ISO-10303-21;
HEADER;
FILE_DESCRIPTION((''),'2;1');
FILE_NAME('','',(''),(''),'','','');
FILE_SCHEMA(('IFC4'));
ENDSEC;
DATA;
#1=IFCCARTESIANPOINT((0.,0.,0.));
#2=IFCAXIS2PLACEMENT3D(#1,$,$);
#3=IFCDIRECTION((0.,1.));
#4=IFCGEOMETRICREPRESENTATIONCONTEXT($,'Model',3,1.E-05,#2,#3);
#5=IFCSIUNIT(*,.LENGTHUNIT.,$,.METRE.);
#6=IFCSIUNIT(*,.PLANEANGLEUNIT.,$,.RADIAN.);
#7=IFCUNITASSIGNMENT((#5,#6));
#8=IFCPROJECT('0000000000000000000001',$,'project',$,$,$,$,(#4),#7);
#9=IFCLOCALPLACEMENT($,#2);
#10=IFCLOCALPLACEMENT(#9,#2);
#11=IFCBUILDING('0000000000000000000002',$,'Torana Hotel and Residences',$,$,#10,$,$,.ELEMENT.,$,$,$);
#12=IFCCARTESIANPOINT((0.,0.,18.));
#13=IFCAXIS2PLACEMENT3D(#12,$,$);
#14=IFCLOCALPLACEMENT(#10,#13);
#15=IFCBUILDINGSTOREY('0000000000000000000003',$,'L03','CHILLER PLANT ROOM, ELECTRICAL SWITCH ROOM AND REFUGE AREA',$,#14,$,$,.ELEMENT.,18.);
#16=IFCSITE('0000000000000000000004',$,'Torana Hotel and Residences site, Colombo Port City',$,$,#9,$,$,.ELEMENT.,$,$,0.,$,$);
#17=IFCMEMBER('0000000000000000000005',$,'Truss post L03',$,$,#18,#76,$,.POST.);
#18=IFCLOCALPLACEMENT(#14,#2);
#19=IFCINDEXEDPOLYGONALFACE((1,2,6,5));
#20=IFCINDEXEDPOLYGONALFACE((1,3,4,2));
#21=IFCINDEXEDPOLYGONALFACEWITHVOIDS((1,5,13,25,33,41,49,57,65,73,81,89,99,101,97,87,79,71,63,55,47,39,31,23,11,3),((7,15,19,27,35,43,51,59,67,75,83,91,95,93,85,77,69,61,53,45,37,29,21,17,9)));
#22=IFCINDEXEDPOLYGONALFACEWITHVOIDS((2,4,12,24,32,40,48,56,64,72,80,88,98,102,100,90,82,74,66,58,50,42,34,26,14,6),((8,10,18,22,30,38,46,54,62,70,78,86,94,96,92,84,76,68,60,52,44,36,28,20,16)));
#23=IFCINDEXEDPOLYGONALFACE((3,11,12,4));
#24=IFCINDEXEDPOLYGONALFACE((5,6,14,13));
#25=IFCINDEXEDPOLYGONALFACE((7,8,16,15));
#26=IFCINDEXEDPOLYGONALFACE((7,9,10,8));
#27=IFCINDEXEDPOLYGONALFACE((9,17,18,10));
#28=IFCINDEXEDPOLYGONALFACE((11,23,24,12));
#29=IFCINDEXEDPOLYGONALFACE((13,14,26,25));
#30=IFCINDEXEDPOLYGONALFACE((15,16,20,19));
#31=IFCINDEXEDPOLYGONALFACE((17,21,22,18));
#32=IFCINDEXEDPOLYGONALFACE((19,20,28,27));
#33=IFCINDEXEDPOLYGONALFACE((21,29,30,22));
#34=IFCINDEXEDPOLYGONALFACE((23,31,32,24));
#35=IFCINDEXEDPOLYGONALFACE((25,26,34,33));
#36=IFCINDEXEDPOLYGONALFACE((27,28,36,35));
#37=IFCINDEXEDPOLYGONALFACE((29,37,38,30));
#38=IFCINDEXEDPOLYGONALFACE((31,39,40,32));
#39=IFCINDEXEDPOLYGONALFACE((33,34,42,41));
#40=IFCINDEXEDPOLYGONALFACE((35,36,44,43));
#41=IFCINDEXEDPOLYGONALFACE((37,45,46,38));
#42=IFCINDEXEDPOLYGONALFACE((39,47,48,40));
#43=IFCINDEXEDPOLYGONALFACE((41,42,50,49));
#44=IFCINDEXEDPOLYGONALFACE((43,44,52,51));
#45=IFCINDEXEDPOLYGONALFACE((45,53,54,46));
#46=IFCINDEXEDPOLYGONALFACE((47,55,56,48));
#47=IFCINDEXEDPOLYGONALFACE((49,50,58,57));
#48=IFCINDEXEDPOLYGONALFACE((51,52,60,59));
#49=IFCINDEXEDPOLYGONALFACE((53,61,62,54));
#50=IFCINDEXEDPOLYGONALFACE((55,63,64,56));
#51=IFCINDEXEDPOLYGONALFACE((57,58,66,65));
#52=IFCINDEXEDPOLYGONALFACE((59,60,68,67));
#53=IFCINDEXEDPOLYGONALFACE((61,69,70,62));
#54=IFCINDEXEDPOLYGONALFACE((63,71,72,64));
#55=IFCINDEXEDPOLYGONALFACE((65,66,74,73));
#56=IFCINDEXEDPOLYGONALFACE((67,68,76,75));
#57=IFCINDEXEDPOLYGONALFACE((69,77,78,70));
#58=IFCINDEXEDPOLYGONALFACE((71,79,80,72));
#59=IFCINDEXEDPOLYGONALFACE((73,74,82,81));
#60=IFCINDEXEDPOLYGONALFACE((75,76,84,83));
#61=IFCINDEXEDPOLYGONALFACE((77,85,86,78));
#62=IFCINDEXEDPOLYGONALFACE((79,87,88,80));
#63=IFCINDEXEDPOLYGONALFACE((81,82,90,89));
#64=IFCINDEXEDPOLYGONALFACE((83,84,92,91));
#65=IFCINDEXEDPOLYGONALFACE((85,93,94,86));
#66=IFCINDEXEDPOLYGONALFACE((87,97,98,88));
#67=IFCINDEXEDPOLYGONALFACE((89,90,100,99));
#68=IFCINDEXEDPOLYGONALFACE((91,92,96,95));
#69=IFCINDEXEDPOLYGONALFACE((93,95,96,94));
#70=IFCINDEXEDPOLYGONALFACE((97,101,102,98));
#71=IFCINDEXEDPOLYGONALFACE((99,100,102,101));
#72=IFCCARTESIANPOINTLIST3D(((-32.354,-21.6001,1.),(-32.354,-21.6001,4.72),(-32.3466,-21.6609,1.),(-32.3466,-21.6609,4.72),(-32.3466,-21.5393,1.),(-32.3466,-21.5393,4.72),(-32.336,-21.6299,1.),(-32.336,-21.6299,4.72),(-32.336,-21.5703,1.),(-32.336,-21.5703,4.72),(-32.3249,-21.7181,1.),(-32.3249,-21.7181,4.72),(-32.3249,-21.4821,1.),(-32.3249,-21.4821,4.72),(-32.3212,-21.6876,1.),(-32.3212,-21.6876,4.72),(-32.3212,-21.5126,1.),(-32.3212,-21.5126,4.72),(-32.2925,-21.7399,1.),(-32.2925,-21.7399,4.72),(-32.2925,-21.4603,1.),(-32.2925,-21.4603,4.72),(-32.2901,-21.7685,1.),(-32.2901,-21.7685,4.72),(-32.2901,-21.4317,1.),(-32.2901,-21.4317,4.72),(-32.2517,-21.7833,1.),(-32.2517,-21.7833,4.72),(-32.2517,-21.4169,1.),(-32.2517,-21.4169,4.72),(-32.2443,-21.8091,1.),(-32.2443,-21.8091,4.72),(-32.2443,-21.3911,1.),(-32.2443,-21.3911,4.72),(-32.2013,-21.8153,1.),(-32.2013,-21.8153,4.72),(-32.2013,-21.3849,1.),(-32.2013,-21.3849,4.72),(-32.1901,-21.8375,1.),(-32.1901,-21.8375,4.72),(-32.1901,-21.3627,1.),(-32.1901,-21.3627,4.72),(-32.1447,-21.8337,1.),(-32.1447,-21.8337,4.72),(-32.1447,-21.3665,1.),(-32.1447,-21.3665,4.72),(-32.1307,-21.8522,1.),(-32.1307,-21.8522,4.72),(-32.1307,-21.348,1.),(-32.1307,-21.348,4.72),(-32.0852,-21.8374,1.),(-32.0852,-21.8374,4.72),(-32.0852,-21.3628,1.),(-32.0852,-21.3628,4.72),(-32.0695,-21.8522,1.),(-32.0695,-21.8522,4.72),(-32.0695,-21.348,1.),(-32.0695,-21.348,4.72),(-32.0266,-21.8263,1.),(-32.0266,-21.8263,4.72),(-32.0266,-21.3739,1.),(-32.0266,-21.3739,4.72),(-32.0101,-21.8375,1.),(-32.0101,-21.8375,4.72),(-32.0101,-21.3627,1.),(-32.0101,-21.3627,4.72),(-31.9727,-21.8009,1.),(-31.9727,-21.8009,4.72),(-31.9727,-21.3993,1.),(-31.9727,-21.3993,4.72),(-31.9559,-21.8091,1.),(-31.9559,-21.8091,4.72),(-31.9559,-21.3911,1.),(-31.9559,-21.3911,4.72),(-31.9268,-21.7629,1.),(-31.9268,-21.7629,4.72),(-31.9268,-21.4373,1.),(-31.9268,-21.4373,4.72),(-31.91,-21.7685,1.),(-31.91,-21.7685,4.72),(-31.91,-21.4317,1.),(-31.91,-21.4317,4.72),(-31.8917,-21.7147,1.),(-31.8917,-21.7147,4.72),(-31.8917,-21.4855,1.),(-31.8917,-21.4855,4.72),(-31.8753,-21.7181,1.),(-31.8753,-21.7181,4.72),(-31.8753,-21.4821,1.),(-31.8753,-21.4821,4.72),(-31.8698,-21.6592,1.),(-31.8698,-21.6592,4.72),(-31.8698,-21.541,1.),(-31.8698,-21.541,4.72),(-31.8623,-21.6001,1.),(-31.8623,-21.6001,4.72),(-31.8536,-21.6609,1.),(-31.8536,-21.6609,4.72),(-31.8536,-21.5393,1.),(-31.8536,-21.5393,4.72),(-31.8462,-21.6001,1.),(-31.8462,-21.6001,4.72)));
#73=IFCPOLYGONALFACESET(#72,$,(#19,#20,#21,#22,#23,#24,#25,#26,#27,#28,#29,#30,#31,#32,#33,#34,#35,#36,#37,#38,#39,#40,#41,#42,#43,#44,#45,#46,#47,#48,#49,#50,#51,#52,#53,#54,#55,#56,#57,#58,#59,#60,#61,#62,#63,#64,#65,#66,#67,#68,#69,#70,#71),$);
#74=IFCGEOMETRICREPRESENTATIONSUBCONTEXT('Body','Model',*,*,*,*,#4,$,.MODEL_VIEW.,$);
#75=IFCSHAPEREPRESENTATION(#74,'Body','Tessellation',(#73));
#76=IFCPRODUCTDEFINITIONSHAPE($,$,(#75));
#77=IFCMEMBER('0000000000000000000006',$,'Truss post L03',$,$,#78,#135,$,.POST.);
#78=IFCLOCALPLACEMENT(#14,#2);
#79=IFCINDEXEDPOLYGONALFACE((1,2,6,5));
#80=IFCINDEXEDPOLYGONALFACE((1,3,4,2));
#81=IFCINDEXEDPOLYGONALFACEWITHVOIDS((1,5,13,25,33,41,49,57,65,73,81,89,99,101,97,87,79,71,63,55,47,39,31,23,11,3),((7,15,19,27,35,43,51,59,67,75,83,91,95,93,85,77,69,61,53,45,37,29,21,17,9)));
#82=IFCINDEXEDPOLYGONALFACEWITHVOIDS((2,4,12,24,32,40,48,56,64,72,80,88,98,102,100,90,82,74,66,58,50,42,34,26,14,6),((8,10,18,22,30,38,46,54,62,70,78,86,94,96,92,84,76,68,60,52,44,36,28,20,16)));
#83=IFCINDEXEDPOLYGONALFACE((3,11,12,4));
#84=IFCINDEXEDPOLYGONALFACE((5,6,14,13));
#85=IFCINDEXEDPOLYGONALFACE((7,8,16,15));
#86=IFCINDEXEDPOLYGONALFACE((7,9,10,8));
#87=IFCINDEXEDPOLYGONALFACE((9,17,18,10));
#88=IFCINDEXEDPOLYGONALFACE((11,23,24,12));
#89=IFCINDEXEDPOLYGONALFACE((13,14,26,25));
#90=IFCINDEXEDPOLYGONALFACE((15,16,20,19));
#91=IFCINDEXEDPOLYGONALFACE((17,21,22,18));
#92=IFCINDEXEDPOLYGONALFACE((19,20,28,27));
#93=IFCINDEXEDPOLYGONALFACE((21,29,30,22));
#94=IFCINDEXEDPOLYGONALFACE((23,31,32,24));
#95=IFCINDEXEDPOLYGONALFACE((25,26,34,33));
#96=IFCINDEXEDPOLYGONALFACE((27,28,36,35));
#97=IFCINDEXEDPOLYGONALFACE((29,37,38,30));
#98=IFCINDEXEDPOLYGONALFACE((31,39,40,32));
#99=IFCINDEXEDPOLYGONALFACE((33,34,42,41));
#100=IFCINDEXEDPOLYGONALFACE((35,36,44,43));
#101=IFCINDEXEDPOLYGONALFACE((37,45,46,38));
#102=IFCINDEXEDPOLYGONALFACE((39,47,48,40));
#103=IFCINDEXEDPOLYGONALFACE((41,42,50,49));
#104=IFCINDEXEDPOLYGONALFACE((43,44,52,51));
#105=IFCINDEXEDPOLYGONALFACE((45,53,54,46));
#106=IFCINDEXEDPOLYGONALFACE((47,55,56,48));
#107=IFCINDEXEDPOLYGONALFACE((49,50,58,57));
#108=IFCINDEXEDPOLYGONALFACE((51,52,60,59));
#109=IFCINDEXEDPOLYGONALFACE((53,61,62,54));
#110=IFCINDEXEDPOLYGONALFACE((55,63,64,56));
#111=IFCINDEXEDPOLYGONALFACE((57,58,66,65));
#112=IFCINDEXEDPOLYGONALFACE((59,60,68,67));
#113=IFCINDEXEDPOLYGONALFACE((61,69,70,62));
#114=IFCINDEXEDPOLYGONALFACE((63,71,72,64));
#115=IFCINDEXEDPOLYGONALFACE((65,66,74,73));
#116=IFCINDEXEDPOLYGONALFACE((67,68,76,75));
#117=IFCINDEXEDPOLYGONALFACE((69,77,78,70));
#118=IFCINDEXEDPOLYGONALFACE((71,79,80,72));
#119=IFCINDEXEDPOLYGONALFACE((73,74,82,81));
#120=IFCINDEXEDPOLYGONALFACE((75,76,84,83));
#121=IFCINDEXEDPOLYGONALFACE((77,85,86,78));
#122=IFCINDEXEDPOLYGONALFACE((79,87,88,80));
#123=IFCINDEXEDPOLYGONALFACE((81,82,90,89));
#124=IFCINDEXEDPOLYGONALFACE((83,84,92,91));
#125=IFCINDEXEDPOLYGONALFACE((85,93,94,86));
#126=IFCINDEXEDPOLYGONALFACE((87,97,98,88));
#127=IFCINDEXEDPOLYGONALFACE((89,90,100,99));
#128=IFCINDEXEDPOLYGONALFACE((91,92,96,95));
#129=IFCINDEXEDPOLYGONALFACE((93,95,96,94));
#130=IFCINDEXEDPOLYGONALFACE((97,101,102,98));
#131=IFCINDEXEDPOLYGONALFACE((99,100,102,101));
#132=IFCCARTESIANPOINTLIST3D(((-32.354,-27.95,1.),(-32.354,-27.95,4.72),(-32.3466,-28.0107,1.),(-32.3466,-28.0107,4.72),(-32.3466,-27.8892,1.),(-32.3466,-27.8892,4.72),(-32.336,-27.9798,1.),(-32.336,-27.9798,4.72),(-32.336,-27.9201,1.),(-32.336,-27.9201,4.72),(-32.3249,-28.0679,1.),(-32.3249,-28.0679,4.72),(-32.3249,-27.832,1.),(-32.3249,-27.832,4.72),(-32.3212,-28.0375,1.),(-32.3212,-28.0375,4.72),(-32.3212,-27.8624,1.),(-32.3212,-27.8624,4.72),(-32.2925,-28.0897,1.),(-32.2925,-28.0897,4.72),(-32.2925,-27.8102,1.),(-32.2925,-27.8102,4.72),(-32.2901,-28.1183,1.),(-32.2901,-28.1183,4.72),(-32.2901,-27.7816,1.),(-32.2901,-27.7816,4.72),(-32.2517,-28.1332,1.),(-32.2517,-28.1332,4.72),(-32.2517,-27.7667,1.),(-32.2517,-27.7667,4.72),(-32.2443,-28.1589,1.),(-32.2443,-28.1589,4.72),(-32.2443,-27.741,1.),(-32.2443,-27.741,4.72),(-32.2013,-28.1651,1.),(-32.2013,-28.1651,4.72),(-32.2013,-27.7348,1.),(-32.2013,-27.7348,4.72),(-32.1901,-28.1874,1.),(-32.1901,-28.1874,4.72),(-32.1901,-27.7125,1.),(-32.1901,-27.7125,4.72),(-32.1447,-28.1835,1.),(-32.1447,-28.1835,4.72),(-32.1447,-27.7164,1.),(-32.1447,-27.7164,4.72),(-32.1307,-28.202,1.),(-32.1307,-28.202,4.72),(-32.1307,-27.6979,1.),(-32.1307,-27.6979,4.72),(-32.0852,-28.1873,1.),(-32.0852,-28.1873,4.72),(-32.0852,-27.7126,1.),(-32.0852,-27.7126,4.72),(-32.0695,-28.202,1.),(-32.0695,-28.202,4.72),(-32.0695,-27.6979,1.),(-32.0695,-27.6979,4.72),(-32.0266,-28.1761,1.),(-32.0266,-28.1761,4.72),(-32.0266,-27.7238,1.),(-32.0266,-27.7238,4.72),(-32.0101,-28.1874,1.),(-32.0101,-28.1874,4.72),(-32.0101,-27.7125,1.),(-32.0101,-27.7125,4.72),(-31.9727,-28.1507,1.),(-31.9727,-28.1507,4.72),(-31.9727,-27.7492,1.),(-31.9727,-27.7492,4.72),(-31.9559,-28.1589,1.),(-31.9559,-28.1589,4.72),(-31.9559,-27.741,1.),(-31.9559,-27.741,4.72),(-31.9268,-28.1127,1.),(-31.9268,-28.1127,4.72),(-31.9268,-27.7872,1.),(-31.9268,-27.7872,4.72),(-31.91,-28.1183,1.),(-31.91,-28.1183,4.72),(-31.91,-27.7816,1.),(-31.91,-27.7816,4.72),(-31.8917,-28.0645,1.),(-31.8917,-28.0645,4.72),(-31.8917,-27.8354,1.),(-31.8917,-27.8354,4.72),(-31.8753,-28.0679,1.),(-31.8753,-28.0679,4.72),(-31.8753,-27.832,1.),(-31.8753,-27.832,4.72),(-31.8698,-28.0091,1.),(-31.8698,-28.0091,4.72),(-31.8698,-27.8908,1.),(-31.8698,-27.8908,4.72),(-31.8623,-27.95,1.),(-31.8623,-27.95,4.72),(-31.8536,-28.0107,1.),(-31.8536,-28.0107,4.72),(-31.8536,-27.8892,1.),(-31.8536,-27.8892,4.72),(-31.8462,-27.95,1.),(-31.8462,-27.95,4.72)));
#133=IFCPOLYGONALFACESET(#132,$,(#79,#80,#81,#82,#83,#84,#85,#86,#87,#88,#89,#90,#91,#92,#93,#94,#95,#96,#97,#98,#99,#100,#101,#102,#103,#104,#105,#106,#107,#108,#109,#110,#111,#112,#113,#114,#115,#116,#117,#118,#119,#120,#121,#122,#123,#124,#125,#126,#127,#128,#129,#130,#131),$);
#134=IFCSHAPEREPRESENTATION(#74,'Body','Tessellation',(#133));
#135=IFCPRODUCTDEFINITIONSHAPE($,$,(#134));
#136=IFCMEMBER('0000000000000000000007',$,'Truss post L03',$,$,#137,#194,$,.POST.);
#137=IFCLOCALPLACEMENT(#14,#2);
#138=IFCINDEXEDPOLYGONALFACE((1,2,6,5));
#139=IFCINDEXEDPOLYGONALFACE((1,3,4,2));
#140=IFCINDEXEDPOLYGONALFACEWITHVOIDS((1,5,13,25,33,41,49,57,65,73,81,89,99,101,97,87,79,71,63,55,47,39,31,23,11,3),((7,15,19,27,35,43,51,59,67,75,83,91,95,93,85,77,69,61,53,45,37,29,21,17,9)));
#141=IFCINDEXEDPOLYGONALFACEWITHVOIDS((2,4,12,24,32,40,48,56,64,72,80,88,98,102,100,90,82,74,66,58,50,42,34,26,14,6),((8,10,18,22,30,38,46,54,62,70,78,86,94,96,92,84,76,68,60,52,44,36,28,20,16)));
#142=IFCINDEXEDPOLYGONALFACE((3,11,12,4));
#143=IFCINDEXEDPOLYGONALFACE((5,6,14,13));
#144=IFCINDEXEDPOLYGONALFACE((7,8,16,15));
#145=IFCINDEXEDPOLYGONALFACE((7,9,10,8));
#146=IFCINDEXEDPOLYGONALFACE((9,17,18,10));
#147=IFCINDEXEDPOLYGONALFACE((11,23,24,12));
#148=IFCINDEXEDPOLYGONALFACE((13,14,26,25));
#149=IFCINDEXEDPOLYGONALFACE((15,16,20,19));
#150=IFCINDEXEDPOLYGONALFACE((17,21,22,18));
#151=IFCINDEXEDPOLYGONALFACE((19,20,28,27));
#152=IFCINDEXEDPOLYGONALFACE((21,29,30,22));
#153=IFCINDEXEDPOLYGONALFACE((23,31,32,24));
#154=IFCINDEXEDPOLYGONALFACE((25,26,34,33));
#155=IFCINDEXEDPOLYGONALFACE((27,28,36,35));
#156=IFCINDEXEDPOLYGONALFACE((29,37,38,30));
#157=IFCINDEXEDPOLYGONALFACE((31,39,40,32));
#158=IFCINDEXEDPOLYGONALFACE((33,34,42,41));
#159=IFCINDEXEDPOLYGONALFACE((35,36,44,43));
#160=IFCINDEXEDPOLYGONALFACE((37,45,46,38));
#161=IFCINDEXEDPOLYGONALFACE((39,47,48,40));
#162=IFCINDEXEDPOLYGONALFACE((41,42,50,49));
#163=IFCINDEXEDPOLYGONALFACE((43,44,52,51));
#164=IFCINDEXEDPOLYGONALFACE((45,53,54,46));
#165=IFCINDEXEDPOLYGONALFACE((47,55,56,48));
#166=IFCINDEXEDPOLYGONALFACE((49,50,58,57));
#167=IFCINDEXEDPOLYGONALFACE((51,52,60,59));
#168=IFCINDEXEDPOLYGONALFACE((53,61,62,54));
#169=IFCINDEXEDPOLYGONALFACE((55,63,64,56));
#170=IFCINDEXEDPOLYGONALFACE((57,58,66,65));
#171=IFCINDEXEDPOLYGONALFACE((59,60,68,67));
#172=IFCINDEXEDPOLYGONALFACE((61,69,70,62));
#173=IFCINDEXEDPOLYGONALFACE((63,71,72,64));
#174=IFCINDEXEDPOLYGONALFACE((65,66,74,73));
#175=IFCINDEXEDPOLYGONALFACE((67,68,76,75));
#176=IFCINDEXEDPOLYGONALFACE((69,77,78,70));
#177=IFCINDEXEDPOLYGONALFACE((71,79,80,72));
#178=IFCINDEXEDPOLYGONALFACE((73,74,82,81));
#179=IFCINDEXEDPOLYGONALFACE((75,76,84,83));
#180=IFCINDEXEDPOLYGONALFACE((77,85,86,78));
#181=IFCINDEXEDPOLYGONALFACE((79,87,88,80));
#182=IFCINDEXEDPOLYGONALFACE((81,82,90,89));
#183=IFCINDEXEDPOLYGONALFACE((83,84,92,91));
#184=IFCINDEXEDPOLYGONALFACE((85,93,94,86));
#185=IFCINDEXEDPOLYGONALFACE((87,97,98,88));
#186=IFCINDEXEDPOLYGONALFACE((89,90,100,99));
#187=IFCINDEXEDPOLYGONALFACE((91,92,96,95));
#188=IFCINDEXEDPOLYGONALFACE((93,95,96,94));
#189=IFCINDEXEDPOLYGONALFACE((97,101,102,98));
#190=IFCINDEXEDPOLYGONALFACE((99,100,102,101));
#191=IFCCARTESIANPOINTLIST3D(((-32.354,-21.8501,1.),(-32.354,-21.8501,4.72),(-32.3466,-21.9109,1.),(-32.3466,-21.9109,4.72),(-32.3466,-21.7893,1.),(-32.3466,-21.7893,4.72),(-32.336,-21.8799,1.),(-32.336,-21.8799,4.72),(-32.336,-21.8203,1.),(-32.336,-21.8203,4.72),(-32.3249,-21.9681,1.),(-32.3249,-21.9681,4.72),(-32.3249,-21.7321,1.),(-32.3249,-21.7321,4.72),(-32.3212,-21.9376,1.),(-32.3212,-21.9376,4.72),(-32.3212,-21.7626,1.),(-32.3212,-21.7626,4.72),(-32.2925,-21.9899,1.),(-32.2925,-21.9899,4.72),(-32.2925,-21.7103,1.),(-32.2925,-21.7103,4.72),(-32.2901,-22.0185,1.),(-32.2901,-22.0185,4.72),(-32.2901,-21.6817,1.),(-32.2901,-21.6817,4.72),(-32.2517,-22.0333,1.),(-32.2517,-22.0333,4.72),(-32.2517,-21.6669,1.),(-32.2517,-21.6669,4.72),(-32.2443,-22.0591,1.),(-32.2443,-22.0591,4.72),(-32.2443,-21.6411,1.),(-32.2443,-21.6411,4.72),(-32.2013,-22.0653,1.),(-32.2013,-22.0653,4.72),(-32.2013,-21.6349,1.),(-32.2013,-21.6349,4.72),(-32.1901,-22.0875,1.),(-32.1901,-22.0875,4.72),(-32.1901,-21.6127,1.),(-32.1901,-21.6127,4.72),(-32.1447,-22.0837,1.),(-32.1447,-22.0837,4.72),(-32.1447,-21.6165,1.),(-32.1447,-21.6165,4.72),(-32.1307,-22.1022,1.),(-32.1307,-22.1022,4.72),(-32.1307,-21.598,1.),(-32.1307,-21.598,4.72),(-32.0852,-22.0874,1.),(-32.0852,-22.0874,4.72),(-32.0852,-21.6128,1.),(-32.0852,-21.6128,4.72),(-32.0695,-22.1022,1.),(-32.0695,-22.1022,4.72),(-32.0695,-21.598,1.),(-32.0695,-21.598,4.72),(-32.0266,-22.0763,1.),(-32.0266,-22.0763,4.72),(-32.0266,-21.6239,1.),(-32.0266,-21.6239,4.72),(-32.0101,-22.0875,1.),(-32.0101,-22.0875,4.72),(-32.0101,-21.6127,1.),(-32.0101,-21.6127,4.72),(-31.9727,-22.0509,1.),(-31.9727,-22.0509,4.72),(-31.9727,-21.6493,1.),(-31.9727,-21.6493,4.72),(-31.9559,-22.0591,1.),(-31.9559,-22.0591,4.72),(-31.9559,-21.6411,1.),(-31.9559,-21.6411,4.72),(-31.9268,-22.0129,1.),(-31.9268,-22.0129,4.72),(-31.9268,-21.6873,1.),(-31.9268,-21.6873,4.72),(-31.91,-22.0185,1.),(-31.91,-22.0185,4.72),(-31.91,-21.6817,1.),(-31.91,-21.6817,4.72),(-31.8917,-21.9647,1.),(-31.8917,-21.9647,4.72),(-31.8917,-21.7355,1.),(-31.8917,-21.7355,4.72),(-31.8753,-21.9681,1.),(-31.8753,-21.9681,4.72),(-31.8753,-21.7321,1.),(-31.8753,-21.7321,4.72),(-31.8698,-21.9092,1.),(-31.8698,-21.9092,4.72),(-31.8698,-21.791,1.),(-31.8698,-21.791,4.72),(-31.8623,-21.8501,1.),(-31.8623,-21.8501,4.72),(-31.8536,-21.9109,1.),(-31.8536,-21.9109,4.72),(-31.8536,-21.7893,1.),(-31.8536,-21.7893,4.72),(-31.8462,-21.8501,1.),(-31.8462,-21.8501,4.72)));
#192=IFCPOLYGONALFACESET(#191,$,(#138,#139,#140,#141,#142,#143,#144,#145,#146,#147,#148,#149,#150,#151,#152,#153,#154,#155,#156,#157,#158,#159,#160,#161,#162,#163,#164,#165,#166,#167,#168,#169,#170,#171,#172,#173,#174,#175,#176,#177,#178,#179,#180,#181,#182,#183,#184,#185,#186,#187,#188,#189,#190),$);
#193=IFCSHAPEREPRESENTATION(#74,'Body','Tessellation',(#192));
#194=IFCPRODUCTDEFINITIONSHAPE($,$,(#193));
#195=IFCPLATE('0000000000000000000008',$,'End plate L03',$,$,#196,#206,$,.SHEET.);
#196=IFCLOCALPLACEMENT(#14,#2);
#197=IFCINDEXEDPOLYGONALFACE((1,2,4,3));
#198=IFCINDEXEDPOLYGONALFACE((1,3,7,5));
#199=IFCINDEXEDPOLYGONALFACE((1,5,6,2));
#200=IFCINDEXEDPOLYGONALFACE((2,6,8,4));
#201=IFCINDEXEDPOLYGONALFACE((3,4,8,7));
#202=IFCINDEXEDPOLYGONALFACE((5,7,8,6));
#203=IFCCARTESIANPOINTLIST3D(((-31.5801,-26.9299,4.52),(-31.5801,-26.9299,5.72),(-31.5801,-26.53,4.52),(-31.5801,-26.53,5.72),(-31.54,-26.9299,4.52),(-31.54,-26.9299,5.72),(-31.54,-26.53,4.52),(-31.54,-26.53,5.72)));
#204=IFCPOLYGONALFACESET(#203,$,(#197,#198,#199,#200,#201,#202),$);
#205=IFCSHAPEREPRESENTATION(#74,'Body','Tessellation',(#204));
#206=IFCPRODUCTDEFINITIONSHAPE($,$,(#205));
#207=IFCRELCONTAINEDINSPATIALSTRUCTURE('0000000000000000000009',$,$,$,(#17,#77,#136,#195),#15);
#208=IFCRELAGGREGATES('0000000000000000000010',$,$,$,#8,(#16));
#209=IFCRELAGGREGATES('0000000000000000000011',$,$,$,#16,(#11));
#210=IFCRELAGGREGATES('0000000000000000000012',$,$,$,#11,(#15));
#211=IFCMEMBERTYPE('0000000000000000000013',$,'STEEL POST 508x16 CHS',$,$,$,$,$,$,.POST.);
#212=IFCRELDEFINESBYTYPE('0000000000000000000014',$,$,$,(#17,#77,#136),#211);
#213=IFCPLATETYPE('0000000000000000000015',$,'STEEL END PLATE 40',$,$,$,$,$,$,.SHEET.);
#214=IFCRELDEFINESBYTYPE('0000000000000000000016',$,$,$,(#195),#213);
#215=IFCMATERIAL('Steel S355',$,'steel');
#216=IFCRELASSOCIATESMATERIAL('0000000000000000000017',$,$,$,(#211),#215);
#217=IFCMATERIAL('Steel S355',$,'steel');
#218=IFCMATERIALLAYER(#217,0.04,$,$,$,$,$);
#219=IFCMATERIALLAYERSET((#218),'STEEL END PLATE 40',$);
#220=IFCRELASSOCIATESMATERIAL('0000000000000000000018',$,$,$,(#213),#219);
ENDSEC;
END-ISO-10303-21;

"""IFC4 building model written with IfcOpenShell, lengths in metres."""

from ifc_helpers import new_model, si_unit, direction, frame, origin, origin_2d, place, context, subcontext, project, spatial, rectangle, hollow_circle, extrude, material, layer, layer_set, material_profile, profile_set, type_object, element, save


model = new_model("IFC4")

# Units and contexts
model_context = context("Model", 3, precision=1e-05, world=origin(), true_north=direction((0.0, 1.0)))
body_context = subcontext(model_context, "Body", "Model", "MODEL_VIEW")
ifc_project = project(units=[si_unit("LENGTHUNIT", "METRE"), si_unit("PLANEANGLEUNIT", "RADIAN")], contexts=[model_context])

# Site, building, storey
site_placement = place(None, origin())
site = spatial("IfcSite", under=ifc_project, at=site_placement, Name="Torana Hotel and Residences site, Colombo Port City", CompositionType="ELEMENT", RefElevation=0.0)
building_placement = place(site_placement, origin())
building = spatial("IfcBuilding", under=site, at=building_placement, Name="Torana Hotel and Residences", CompositionType="ELEMENT")
storey_placement = place(building_placement, frame((0.0, 0.0, 18.0)))
storey = spatial("IfcBuildingStorey", under=building, at=storey_placement, Name="L03", Description="CHILLER PLANT ROOM, ELECTRICAL SWITCH ROOM AND REFUGE AREA", CompositionType="ELEMENT", Elevation=18.0)

# Members
ifc_material_1 = material(Name="Steel S355", Category="steel")
ifc_material_profile_1 = material_profile(ifc_material_1, hollow_circle(Radius=0.2539, WallThickness=0.0161, at=origin_2d()), Name="508x16 CHS")
ifc_profile_set_1 = profile_set([ifc_material_profile_1], Name="Steel S355")
member_type_1 = type_object("IfcMemberType", Name="STEEL POST 508x16 CHS", PredefinedType="POST", material=ifc_profile_set_1)
for number, where, z_axis, x_axis, name in (
    (1, (-32.1001, -21.6001, 1.0), (0.0, 0.0, 1.0), (1.0, 0.0, 0.0), "Truss post L03"),
    (2, (-32.1001, -27.95, 1.0), (0.0, 0.0, 1.0), (1.0, 0.0, 0.0), "Truss post L03"),
    (3, (-32.1001, -21.8501, 1.0), (0.0, 0.0, 1.0), (1.0, 0.0, 0.0), "Truss post L03"),
):
    element("IfcMember", number, at=place(storey_placement, frame(where, z_axis=z_axis, x_axis=x_axis)), inside=storey, type_object=member_type_1, Name=name, PredefinedType="POST", context=body_context, shape_type="SweptSolid", body=[
        extrude(hollow_circle(Radius=0.2539, WallThickness=0.0161, at=origin_2d()), origin(), (0.0, 0.0, 1.0), 3.72),
    ])

# Plate
ifc_material_2 = material(Name="Steel S355", Category="steel")
ifc_layer_1 = layer(ifc_material_2, 0.04)
ifc_layer_set_1 = layer_set([ifc_layer_1], Name="STEEL END PLATE 40")
plate_type_1 = type_object("IfcPlateType", Name="STEEL END PLATE 40", PredefinedType="SHEET", material=ifc_layer_set_1)
plate_placement = place(storey_placement, frame((-31.5601, -26.73, 4.52), z_axis=(0.0, 0.0, 1.0), x_axis=(-1.0, 0.0, 0.0)))
element("IfcPlate", 4, at=plate_placement, inside=storey, type_object=plate_type_1, Name="End plate L03", PredefinedType="SHEET", context=body_context, shape_type="SweptSolid", body=[
    extrude(rectangle(XDim=0.04, YDim=0.3999, at=origin_2d()), origin(), (0.0, 0.0, 1.0), 1.2),
])

save(model, "model.ifc")
